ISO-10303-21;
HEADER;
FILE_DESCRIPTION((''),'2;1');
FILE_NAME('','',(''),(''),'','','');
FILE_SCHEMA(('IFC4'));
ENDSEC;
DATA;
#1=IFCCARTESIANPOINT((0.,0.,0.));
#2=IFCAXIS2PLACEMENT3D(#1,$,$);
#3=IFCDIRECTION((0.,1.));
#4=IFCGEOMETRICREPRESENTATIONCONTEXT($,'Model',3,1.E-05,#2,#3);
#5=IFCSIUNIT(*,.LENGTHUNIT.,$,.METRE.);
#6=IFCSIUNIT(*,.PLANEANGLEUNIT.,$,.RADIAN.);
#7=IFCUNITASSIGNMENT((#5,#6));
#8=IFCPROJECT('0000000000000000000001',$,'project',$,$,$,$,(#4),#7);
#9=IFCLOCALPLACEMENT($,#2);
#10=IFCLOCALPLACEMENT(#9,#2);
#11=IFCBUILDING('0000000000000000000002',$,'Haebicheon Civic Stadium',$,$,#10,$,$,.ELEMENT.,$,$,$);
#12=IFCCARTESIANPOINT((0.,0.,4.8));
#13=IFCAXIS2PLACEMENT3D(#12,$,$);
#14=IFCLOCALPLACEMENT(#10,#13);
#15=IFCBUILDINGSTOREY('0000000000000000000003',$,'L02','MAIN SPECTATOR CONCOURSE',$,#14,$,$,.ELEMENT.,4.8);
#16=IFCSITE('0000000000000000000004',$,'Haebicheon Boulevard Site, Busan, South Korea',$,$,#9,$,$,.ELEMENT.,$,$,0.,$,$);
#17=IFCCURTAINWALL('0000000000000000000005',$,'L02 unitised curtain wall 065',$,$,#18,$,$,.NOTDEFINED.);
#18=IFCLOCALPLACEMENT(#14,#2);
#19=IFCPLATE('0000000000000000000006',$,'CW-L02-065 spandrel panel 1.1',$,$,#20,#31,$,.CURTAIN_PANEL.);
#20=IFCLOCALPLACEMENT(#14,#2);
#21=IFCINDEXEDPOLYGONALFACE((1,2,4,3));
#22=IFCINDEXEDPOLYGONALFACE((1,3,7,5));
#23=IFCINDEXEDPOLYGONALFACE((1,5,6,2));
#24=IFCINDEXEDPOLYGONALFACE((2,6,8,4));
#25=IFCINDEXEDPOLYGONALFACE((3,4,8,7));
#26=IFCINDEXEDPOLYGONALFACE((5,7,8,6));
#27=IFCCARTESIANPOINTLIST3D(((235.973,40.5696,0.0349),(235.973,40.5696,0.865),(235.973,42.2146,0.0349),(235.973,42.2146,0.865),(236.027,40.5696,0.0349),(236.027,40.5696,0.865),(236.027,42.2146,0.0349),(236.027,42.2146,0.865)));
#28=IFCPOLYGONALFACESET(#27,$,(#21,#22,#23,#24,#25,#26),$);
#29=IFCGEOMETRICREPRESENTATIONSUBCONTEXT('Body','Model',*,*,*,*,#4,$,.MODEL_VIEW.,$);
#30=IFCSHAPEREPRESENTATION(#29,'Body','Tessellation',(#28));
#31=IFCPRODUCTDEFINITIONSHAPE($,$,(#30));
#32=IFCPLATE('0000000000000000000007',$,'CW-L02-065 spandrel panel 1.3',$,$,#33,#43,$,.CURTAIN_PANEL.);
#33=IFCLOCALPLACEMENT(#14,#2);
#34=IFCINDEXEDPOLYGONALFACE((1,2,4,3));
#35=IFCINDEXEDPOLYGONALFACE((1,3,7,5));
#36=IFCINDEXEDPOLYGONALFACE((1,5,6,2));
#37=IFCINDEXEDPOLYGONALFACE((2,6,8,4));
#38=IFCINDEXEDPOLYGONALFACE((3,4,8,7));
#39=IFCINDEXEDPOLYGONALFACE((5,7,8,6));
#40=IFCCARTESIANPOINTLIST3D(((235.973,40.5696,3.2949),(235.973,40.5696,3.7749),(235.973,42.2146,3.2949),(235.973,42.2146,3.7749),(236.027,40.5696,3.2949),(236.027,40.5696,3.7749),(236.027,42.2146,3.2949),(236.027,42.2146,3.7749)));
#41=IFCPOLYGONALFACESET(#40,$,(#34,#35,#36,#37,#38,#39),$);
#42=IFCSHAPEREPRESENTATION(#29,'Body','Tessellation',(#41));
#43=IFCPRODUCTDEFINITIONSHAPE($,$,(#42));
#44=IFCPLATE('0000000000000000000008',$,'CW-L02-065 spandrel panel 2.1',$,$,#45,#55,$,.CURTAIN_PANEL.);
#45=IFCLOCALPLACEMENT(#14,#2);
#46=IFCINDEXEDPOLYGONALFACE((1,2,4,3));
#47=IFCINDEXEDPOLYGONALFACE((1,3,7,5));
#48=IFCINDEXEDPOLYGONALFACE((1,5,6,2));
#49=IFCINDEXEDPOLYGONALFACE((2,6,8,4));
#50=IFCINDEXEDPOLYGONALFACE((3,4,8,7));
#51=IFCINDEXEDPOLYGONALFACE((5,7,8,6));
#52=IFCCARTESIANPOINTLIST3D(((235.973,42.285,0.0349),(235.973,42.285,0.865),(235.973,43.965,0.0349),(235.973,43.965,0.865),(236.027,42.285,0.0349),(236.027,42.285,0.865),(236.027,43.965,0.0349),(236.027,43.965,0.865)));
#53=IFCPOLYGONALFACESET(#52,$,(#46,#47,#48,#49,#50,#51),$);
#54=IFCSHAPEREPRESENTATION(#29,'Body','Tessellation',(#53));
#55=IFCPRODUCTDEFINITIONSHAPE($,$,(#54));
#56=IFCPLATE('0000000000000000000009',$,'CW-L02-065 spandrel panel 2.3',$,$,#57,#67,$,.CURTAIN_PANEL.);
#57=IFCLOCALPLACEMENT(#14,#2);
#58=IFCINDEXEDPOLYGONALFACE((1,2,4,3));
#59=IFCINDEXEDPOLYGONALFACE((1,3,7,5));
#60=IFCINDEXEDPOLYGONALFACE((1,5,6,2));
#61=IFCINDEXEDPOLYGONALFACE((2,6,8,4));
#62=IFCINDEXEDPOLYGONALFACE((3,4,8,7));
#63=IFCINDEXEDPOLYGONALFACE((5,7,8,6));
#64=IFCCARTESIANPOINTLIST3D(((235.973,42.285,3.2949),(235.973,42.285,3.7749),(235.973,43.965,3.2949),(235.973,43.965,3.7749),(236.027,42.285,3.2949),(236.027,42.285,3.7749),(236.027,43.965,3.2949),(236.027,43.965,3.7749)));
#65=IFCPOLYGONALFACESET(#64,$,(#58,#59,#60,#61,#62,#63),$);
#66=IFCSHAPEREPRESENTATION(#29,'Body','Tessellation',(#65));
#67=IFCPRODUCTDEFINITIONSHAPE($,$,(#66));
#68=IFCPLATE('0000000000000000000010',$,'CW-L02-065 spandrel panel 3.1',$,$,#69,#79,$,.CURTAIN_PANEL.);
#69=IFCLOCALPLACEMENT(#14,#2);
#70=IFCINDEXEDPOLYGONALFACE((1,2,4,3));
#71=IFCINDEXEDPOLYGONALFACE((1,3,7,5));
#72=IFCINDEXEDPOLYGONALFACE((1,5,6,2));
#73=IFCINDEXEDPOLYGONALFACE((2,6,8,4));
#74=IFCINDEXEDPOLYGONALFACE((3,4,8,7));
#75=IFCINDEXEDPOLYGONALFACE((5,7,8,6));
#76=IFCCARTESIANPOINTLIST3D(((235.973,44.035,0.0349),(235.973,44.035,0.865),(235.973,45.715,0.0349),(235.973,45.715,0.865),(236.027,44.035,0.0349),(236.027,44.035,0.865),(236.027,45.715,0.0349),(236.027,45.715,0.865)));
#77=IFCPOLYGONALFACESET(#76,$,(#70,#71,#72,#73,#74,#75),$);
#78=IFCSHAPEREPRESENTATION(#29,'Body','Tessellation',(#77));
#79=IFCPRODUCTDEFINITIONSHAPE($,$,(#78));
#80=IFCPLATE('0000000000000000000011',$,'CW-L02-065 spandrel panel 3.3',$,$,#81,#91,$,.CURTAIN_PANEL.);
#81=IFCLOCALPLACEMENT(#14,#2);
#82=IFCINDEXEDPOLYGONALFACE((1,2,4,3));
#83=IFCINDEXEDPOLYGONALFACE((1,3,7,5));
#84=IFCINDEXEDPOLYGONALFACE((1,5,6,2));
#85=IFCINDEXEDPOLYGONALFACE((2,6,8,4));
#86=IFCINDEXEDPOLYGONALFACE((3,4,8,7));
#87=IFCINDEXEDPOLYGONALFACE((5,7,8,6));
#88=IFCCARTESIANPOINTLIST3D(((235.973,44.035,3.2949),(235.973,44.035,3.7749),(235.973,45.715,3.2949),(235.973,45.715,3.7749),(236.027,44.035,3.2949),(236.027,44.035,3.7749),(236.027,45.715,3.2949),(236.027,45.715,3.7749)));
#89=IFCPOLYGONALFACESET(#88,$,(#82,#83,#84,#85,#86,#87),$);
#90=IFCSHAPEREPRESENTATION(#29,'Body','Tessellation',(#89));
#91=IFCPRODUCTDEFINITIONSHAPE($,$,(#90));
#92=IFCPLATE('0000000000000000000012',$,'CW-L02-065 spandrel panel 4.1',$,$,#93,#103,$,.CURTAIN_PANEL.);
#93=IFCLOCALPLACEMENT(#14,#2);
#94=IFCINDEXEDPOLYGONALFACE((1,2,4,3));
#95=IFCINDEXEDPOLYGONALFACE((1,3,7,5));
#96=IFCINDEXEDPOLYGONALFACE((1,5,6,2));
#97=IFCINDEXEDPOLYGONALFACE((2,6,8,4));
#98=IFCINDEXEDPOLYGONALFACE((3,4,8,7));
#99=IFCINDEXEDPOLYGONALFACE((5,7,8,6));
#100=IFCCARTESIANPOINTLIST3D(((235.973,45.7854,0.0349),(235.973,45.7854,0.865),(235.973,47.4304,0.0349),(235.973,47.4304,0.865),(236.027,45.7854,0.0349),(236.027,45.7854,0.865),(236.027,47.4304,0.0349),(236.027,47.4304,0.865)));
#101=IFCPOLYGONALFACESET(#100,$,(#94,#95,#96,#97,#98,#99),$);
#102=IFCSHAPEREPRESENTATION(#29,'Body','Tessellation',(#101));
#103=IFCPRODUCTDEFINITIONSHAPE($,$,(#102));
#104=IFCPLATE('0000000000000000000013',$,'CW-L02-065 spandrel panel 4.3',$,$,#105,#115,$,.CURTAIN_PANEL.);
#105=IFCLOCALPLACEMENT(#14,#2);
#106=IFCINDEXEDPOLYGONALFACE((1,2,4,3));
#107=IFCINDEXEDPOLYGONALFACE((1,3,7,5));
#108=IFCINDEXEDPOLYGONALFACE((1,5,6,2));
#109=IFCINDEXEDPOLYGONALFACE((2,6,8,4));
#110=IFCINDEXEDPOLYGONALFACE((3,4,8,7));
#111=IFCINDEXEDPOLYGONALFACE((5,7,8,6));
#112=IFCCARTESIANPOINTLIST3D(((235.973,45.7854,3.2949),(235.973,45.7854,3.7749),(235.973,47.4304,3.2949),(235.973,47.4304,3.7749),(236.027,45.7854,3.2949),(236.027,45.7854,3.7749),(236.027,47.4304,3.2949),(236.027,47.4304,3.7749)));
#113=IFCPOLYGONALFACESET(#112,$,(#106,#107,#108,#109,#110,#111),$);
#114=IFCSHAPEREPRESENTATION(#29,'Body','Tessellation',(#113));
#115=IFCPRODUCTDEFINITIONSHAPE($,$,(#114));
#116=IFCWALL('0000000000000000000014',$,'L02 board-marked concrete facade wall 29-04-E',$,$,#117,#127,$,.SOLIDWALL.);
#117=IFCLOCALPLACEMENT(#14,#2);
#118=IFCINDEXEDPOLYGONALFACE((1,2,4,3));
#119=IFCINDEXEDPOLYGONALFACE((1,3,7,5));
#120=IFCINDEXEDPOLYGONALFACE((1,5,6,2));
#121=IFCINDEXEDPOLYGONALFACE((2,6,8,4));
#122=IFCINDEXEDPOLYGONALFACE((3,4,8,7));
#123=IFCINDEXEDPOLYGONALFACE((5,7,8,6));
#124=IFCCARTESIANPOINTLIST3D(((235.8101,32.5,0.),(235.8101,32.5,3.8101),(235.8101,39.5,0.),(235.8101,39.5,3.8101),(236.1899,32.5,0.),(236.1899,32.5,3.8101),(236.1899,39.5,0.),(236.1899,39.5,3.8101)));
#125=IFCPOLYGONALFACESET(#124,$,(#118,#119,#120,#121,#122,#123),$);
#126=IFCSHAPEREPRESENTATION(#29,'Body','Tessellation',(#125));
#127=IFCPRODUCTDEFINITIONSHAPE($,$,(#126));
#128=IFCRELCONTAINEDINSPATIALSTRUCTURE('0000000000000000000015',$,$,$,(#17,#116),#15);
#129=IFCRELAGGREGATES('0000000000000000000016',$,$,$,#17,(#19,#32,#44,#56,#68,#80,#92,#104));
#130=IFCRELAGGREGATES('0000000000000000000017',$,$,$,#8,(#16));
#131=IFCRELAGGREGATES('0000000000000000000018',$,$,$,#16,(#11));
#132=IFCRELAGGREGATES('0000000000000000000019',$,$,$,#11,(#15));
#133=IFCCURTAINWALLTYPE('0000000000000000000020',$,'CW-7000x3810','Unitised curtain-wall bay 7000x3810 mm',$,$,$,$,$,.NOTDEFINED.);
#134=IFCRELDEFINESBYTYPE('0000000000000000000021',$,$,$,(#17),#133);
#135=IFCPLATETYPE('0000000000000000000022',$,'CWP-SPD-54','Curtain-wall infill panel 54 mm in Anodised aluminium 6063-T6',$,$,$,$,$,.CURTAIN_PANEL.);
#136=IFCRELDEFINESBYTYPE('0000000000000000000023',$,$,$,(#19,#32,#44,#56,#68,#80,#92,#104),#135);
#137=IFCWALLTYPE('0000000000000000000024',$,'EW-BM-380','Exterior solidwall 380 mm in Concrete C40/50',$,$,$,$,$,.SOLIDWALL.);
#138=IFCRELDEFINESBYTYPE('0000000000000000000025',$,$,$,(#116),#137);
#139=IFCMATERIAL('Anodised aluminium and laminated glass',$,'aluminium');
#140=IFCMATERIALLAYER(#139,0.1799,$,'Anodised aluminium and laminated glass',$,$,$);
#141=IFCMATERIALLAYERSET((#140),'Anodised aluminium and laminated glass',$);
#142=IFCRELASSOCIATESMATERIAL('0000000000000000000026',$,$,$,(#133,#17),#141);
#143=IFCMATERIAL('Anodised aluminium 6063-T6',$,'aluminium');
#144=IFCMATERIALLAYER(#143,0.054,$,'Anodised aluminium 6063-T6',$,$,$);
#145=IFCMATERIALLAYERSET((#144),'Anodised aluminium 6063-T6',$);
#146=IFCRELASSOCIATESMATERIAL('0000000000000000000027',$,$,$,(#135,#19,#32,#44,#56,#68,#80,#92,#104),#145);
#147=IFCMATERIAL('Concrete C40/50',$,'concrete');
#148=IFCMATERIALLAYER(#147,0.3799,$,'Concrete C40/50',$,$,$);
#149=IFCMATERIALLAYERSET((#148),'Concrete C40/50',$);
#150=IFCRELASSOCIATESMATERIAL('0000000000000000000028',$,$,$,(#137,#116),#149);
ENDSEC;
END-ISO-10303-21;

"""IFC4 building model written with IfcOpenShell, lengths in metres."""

from ifc_helpers import new_model, si_unit, direction, frame, frame_2d, origin, origin_2d, place, context, subcontext, project, spatial, rectangle, extrude, material, layer, layer_set, type_object, element, aggregate, save


model = new_model("IFC4")

# Units and contexts
model_context = context("Model", 3, precision=1e-05, world=origin(), true_north=direction((0.0, 1.0)))
body_context = subcontext(model_context, "Body", "Model", "MODEL_VIEW")
ifc_project = project(units=[si_unit("LENGTHUNIT", "METRE"), si_unit("PLANEANGLEUNIT", "RADIAN")], contexts=[model_context])

# Site, building, storey
site_placement = place(None, origin())
site = spatial("IfcSite", under=ifc_project, at=site_placement, Name="Haebicheon Boulevard Site, Busan, South Korea", CompositionType="ELEMENT", RefElevation=0.0)
building_placement = place(site_placement, origin())
building = spatial("IfcBuilding", under=site, at=building_placement, Name="Haebicheon Civic Stadium", CompositionType="ELEMENT")
storey_placement = place(building_placement, frame((0.0, 0.0, 4.8)))
storey = spatial("IfcBuildingStorey", under=building, at=storey_placement, Name="L02", Description="MAIN SPECTATOR CONCOURSE", CompositionType="ELEMENT", Elevation=4.8)

# Curtain wall
ifc_material_1 = material(Name="Anodised aluminium and laminated glass", Category="aluminium")
ifc_layer_1 = layer(ifc_material_1, 0.1799, Name="Anodised aluminium and laminated glass")
ifc_layer_set_1 = layer_set([ifc_layer_1], Name="Anodised aluminium and laminated glass")
curtain_wall_type = type_object("IfcCurtainWallType", Name="CW-7000x3810", Description="Unitised curtain-wall bay 7000x3810 mm", PredefinedType="NOTDEFINED", material=ifc_layer_set_1)
curtain_wall_placement = place(storey_placement, origin())
curtain_wall = element("IfcCurtainWall", 1, at=curtain_wall_placement, inside=storey, type_object=curtain_wall_type, material=ifc_layer_set_1, Name="L02 unitised curtain wall 065", PredefinedType="NOTDEFINED")

# Plates
ifc_material_2 = material(Name="Anodised aluminium 6063-T6", Category="aluminium")
ifc_layer_2 = layer(ifc_material_2, 0.054, Name="Anodised aluminium 6063-T6")
ifc_layer_set_2 = layer_set([ifc_layer_2], Name="Anodised aluminium 6063-T6")
plate_type_1 = type_object("IfcPlateType", Name="CWP-SPD-54", Description="Curtain-wall infill panel 54 mm in Anodised aluminium 6063-T6", PredefinedType="CURTAIN_PANEL", material=ifc_layer_set_2)
plate_1_placement = place(storey_placement, frame((236.0, 41.3921, 0.0349), z_axis=(0.0, 0.0, 1.0), x_axis=(0.0, 1.0, 0.0)))
plate_1 = element("IfcPlate", 2, at=plate_1_placement, type_object=plate_type_1, material=ifc_layer_set_2, Name="CW-L02-065 spandrel panel 1.1", PredefinedType="CURTAIN_PANEL", context=body_context, shape_type="SweptSolid", body=[
    extrude(rectangle(XDim=1.645, YDim=0.054, at=origin_2d()), origin(), (0.0, 0.0, 1.0), 0.8301),
])
plate_2_placement = place(storey_placement, frame((236.0, 41.3921, 3.2949), z_axis=(0.0, 0.0, 1.0), x_axis=(0.0, 1.0, 0.0)))
plate_2 = element("IfcPlate", 3, at=plate_2_placement, type_object=plate_type_1, material=ifc_layer_set_2, Name="CW-L02-065 spandrel panel 1.3", PredefinedType="CURTAIN_PANEL", context=body_context, shape_type="SweptSolid", body=[
    extrude(rectangle(XDim=1.645, YDim=0.054, at=origin_2d()), origin(), (0.0, 0.0, 1.0), 0.48),
])
plate_3_placement = place(storey_placement, frame((236.0, 43.125, 0.0349), z_axis=(0.0, 0.0, 1.0), x_axis=(0.0, 1.0, 0.0)))
plate_3 = element("IfcPlate", 4, at=plate_3_placement, type_object=plate_type_1, material=ifc_layer_set_2, Name="CW-L02-065 spandrel panel 2.1", PredefinedType="CURTAIN_PANEL", context=body_context, shape_type="SweptSolid", body=[
    extrude(rectangle(XDim=1.6799, YDim=0.054, at=origin_2d()), origin(), (0.0, 0.0, 1.0), 0.8301),
])
plate_4_placement = place(storey_placement, frame((236.0, 43.125, 3.2949), z_axis=(0.0, 0.0, 1.0), x_axis=(0.0, 1.0, 0.0)))
plate_4 = element("IfcPlate", 5, at=plate_4_placement, type_object=plate_type_1, material=ifc_layer_set_2, Name="CW-L02-065 spandrel panel 2.3", PredefinedType="CURTAIN_PANEL", context=body_context, shape_type="SweptSolid", body=[
    extrude(rectangle(XDim=1.6799, YDim=0.054, at=origin_2d()), origin(), (0.0, 0.0, 1.0), 0.48),
])
plate_5_placement = place(storey_placement, frame((236.0, 44.875, 0.0349), z_axis=(0.0, 0.0, 1.0), x_axis=(0.0, 1.0, 0.0)))
plate_5 = element("IfcPlate", 6, at=plate_5_placement, type_object=plate_type_1, material=ifc_layer_set_2, Name="CW-L02-065 spandrel panel 3.1", PredefinedType="CURTAIN_PANEL", context=body_context, shape_type="SweptSolid", body=[
    extrude(rectangle(XDim=1.6799, YDim=0.054, at=origin_2d()), origin(), (0.0, 0.0, 1.0), 0.8301),
])
plate_6_placement = place(storey_placement, frame((236.0, 44.875, 3.2949), z_axis=(0.0, 0.0, 1.0), x_axis=(0.0, 1.0, 0.0)))
plate_6 = element("IfcPlate", 7, at=plate_6_placement, type_object=plate_type_1, material=ifc_layer_set_2, Name="CW-L02-065 spandrel panel 3.3", PredefinedType="CURTAIN_PANEL", context=body_context, shape_type="SweptSolid", body=[
    extrude(rectangle(XDim=1.6799, YDim=0.054, at=origin_2d()), origin(), (0.0, 0.0, 1.0), 0.48),
])
plate_7_placement = place(storey_placement, frame((236.0, 46.6079, 0.0349), z_axis=(0.0, 0.0, 1.0), x_axis=(0.0, 1.0, 0.0)))
plate_7 = element("IfcPlate", 8, at=plate_7_placement, type_object=plate_type_1, material=ifc_layer_set_2, Name="CW-L02-065 spandrel panel 4.1", PredefinedType="CURTAIN_PANEL", context=body_context, shape_type="SweptSolid", body=[
    extrude(rectangle(XDim=1.645, YDim=0.054, at=origin_2d()), origin(), (0.0, 0.0, 1.0), 0.8301),
])
plate_8_placement = place(storey_placement, frame((236.0, 46.6079, 3.2949), z_axis=(0.0, 0.0, 1.0), x_axis=(0.0, 1.0, 0.0)))
plate_8 = element("IfcPlate", 9, at=plate_8_placement, type_object=plate_type_1, material=ifc_layer_set_2, Name="CW-L02-065 spandrel panel 4.3", PredefinedType="CURTAIN_PANEL", context=body_context, shape_type="SweptSolid", body=[
    extrude(rectangle(XDim=1.645, YDim=0.054, at=origin_2d()), origin(), (0.0, 0.0, 1.0), 0.48),
])
aggregate(curtain_wall, [plate_1, plate_2, plate_3, plate_4, plate_5, plate_6, plate_7, plate_8])

# Wall
ifc_material_3 = material(Name="Concrete C40/50", Category="concrete")
ifc_layer_3 = layer(ifc_material_3, 0.3799, Name="Concrete C40/50")
ifc_layer_set_3 = layer_set([ifc_layer_3], Name="Concrete C40/50")
wall_type = type_object("IfcWallType", Name="EW-BM-380", Description="Exterior solidwall 380 mm in Concrete C40/50", PredefinedType="SOLIDWALL", material=ifc_layer_set_3)
wall_placement = place(storey_placement, frame((236.0, 32.5, 0.0), z_axis=(0.0, 0.0, 1.0), x_axis=(0.0, 1.0, 0.0)))
element("IfcWall", 10, at=wall_placement, inside=storey, type_object=wall_type, material=ifc_layer_set_3, Name="L02 board-marked concrete facade wall 29-04-E", PredefinedType="SOLIDWALL", context=body_context, shape_type="SweptSolid", body=[
    extrude(rectangle(XDim=7.0, YDim=0.3799, at=frame_2d((3.5, 0.0))), origin(), (0.0, 0.0, 1.0), 3.8101),
])

save(model, "model.ifc")
